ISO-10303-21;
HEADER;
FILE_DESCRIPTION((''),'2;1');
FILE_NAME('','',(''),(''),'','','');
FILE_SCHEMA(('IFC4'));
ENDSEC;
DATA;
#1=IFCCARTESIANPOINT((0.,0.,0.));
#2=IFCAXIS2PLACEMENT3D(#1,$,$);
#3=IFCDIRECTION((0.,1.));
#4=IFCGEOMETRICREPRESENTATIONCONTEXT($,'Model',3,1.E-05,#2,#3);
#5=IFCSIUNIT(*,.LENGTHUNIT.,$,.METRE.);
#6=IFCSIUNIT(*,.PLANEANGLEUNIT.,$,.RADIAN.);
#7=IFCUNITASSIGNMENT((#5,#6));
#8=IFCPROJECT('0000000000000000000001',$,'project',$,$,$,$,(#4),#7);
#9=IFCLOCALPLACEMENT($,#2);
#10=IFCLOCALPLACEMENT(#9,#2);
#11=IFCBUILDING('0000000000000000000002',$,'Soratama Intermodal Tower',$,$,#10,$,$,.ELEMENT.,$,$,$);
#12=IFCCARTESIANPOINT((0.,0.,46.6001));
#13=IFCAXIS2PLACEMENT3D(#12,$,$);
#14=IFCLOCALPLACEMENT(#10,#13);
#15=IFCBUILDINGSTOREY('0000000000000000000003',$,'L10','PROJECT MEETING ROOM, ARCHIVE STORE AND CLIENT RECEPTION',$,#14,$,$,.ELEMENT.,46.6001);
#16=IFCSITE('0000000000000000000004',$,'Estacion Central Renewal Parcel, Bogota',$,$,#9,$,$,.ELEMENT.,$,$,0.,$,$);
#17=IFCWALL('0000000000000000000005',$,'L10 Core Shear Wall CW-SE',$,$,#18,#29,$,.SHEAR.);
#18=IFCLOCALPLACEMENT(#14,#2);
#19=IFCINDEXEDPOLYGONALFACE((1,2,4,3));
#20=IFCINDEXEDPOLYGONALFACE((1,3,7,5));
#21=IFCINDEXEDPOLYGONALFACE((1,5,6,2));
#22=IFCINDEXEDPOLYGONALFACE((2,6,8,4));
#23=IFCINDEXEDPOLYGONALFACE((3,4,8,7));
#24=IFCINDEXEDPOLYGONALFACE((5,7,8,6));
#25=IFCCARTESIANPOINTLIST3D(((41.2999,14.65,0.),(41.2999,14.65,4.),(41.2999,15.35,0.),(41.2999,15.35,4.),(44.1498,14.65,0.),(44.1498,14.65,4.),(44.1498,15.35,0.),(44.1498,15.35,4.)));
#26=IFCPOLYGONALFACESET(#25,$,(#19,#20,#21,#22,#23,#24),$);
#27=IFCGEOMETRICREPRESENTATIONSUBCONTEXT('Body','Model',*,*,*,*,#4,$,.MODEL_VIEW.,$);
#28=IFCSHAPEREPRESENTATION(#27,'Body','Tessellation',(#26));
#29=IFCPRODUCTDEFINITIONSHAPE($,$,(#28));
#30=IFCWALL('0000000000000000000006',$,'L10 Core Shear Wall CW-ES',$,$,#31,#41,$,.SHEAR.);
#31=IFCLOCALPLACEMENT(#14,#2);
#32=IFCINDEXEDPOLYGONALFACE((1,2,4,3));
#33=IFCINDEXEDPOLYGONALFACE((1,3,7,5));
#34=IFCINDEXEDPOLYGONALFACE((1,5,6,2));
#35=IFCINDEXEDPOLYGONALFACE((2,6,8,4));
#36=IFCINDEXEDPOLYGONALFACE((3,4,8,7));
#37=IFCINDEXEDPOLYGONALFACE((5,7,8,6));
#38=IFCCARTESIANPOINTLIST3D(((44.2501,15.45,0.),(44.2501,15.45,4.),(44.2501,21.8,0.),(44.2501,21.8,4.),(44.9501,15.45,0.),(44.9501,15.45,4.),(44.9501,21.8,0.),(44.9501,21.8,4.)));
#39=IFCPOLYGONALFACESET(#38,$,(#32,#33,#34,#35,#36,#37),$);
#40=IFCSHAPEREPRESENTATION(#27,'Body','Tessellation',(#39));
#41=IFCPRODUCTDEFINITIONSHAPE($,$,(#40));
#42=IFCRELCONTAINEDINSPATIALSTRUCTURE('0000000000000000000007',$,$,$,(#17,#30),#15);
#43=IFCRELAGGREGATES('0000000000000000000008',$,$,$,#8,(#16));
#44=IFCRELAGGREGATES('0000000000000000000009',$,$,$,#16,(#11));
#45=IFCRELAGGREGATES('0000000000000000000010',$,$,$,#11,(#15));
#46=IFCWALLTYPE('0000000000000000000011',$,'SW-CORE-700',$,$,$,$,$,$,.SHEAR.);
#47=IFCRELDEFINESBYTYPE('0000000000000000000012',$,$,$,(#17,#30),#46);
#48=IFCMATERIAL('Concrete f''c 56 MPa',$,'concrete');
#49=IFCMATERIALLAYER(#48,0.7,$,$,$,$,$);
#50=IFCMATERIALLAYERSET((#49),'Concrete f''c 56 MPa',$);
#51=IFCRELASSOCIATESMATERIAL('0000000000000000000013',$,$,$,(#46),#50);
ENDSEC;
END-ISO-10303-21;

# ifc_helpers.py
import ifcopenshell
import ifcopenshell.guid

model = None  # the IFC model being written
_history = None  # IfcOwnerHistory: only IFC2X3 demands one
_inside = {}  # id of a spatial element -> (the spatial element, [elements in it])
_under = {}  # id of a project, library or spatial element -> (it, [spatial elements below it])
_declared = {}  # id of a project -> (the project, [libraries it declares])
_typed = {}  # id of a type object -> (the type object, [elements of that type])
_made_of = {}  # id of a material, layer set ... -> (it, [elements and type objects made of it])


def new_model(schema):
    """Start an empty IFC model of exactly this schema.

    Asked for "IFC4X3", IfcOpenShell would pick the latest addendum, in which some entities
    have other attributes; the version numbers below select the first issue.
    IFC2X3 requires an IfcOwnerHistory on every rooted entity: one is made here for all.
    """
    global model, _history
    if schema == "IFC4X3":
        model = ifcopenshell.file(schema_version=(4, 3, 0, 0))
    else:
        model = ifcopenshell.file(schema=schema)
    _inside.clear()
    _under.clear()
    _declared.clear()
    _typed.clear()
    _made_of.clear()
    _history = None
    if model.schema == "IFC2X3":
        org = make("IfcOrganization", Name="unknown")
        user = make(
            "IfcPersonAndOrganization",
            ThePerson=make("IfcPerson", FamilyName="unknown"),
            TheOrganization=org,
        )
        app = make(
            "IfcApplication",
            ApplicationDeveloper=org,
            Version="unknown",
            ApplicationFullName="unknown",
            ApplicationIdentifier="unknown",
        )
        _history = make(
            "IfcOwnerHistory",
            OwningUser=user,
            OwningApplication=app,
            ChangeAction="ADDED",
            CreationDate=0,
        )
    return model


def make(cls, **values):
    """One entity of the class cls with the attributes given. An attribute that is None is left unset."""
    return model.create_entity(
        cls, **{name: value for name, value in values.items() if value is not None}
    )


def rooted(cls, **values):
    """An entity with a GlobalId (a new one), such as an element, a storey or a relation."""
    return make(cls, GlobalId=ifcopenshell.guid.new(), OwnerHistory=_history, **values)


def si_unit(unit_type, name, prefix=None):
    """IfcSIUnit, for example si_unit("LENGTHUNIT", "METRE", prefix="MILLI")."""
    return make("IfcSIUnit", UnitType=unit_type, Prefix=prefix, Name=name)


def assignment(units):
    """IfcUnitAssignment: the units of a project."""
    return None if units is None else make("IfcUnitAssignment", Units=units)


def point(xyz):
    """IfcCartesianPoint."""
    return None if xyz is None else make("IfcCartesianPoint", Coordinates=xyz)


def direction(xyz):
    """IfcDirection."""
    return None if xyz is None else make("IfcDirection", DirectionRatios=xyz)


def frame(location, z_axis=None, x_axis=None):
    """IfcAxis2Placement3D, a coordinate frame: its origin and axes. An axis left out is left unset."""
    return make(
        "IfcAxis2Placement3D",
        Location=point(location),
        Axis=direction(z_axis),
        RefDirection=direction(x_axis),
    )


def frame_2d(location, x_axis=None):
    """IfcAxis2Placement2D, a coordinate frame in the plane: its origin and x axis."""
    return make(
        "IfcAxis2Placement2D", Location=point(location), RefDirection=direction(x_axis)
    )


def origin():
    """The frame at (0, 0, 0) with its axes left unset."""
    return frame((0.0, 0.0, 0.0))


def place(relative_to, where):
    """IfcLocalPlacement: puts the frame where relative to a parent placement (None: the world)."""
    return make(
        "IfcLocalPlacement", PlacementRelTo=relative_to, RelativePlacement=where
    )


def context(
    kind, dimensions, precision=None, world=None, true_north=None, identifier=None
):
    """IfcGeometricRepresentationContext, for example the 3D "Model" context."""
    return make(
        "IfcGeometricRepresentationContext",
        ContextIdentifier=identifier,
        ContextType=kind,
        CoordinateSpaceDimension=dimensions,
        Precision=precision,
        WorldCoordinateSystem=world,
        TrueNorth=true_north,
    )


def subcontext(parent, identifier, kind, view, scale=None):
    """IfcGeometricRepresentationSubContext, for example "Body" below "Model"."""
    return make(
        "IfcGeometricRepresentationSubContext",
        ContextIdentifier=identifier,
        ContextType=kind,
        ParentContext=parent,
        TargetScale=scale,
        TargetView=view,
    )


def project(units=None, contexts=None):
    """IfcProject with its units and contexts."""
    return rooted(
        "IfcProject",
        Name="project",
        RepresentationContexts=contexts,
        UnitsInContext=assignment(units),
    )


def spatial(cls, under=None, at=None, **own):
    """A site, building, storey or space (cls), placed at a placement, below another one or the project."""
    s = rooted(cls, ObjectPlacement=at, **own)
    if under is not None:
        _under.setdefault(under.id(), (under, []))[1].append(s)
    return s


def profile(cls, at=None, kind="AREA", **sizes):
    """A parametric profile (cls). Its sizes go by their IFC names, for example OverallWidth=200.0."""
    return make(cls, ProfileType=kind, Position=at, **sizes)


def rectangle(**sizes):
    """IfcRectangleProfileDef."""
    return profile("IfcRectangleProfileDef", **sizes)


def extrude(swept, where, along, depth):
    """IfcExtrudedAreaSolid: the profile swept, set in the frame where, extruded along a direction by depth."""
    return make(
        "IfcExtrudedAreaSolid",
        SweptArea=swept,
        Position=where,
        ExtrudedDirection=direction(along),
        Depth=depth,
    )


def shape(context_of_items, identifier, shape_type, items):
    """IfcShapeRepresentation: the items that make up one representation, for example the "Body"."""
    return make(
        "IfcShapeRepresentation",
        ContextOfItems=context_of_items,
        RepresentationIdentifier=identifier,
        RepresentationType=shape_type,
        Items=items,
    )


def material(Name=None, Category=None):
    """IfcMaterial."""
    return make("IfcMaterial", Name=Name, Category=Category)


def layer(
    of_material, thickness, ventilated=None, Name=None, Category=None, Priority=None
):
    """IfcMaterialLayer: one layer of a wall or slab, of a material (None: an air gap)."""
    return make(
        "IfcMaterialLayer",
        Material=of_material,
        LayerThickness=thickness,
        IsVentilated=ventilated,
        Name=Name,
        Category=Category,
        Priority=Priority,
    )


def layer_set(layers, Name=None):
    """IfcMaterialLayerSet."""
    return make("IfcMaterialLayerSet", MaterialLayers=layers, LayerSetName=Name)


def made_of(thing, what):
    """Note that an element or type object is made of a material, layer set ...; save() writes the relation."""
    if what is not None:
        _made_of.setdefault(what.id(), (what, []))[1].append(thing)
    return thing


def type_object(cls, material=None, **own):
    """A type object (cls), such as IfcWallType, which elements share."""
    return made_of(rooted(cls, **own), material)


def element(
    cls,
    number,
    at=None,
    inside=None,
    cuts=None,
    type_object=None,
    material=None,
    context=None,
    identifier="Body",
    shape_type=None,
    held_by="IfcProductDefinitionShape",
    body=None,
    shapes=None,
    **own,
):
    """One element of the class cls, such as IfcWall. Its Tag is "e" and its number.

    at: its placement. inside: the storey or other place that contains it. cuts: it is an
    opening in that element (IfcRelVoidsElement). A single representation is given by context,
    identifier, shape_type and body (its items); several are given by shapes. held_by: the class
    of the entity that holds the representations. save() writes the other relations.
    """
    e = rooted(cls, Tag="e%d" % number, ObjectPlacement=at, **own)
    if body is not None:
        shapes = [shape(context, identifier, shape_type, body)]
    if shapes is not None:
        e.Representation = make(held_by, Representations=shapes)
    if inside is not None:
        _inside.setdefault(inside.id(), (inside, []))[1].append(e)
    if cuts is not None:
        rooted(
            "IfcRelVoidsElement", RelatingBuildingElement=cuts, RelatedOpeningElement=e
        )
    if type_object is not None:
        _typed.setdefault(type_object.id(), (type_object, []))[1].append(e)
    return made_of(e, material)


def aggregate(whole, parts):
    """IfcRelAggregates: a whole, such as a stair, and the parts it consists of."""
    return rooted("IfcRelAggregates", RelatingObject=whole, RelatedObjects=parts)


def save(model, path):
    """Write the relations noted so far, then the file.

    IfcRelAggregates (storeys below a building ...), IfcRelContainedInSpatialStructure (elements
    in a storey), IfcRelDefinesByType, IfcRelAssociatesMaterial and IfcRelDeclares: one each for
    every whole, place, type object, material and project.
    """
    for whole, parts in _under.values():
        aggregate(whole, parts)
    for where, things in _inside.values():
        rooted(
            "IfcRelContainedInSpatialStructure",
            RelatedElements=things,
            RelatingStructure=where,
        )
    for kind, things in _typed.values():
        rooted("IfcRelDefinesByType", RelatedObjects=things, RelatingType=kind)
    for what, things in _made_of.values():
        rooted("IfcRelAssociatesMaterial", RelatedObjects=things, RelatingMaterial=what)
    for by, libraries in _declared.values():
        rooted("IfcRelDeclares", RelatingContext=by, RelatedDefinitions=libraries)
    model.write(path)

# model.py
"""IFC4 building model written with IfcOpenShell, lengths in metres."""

from ifc_helpers import new_model, si_unit, direction, frame, frame_2d, origin, place, context, subcontext, project, spatial, rectangle, extrude, material, layer, layer_set, type_object, element, save


model = new_model("IFC4")

# Units and contexts
model_context = context("Model", 3, precision=1e-05, world=origin(), true_north=direction((0.0, 1.0)))
body_context = subcontext(model_context, "Body", "Model", "MODEL_VIEW")
ifc_project = project(units=[si_unit("LENGTHUNIT", "METRE"), si_unit("PLANEANGLEUNIT", "RADIAN")], contexts=[model_context])

# Site, building, storey
site_placement = place(None, origin())
site = spatial("IfcSite", under=ifc_project, at=site_placement, Name="Estacion Central Renewal Parcel, Bogota", CompositionType="ELEMENT", RefElevation=0.0)
building_placement = place(site_placement, origin())
building = spatial("IfcBuilding", under=site, at=building_placement, Name="Soratama Intermodal Tower", CompositionType="ELEMENT")
storey_placement = place(building_placement, frame((0.0, 0.0, 46.6001)))
storey = spatial("IfcBuildingStorey", under=building, at=storey_placement, Name="L10", Description="PROJECT MEETING ROOM, ARCHIVE STORE AND CLIENT RECEPTION", CompositionType="ELEMENT", Elevation=46.6001)

# Walls
ifc_material_1 = material(Name="Concrete f'c 56 MPa", Category="concrete")
ifc_layer_1 = layer(ifc_material_1, 0.7)
ifc_layer_set_1 = layer_set([ifc_layer_1], Name="Concrete f'c 56 MPa")
wall_type_1 = type_object("IfcWallType", Name="SW-CORE-700", PredefinedType="SHEAR", material=ifc_layer_set_1)
wall_1_placement = place(storey_placement, frame((41.3, 15.0, 0.0), z_axis=(0.0, 0.0, 1.0), x_axis=(1.0, 0.0, 0.0)))
element("IfcWall", 1, at=wall_1_placement, inside=storey, type_object=wall_type_1, Name="L10 Core Shear Wall CW-SE", PredefinedType="SHEAR", context=body_context, shape_type="SweptSolid", body=[
    extrude(rectangle(XDim=2.8499, YDim=0.7, at=frame_2d((1.4248, 0.0))), origin(), (0.0, 0.0, 1.0), 4.0),
])
wall_2_placement = place(storey_placement, frame((44.6001, 15.45, 0.0), z_axis=(0.0, 0.0, 1.0), x_axis=(0.0, 1.0, 0.0)))
element("IfcWall", 2, at=wall_2_placement, inside=storey, type_object=wall_type_1, Name="L10 Core Shear Wall CW-ES", PredefinedType="SHEAR", context=body_context, shape_type="SweptSolid", body=[
    extrude(rectangle(XDim=6.3501, YDim=0.7, at=frame_2d((3.175, 0.0))), origin(), (0.0, 0.0, 1.0), 4.0),
])

save(model, "model.ifc")
